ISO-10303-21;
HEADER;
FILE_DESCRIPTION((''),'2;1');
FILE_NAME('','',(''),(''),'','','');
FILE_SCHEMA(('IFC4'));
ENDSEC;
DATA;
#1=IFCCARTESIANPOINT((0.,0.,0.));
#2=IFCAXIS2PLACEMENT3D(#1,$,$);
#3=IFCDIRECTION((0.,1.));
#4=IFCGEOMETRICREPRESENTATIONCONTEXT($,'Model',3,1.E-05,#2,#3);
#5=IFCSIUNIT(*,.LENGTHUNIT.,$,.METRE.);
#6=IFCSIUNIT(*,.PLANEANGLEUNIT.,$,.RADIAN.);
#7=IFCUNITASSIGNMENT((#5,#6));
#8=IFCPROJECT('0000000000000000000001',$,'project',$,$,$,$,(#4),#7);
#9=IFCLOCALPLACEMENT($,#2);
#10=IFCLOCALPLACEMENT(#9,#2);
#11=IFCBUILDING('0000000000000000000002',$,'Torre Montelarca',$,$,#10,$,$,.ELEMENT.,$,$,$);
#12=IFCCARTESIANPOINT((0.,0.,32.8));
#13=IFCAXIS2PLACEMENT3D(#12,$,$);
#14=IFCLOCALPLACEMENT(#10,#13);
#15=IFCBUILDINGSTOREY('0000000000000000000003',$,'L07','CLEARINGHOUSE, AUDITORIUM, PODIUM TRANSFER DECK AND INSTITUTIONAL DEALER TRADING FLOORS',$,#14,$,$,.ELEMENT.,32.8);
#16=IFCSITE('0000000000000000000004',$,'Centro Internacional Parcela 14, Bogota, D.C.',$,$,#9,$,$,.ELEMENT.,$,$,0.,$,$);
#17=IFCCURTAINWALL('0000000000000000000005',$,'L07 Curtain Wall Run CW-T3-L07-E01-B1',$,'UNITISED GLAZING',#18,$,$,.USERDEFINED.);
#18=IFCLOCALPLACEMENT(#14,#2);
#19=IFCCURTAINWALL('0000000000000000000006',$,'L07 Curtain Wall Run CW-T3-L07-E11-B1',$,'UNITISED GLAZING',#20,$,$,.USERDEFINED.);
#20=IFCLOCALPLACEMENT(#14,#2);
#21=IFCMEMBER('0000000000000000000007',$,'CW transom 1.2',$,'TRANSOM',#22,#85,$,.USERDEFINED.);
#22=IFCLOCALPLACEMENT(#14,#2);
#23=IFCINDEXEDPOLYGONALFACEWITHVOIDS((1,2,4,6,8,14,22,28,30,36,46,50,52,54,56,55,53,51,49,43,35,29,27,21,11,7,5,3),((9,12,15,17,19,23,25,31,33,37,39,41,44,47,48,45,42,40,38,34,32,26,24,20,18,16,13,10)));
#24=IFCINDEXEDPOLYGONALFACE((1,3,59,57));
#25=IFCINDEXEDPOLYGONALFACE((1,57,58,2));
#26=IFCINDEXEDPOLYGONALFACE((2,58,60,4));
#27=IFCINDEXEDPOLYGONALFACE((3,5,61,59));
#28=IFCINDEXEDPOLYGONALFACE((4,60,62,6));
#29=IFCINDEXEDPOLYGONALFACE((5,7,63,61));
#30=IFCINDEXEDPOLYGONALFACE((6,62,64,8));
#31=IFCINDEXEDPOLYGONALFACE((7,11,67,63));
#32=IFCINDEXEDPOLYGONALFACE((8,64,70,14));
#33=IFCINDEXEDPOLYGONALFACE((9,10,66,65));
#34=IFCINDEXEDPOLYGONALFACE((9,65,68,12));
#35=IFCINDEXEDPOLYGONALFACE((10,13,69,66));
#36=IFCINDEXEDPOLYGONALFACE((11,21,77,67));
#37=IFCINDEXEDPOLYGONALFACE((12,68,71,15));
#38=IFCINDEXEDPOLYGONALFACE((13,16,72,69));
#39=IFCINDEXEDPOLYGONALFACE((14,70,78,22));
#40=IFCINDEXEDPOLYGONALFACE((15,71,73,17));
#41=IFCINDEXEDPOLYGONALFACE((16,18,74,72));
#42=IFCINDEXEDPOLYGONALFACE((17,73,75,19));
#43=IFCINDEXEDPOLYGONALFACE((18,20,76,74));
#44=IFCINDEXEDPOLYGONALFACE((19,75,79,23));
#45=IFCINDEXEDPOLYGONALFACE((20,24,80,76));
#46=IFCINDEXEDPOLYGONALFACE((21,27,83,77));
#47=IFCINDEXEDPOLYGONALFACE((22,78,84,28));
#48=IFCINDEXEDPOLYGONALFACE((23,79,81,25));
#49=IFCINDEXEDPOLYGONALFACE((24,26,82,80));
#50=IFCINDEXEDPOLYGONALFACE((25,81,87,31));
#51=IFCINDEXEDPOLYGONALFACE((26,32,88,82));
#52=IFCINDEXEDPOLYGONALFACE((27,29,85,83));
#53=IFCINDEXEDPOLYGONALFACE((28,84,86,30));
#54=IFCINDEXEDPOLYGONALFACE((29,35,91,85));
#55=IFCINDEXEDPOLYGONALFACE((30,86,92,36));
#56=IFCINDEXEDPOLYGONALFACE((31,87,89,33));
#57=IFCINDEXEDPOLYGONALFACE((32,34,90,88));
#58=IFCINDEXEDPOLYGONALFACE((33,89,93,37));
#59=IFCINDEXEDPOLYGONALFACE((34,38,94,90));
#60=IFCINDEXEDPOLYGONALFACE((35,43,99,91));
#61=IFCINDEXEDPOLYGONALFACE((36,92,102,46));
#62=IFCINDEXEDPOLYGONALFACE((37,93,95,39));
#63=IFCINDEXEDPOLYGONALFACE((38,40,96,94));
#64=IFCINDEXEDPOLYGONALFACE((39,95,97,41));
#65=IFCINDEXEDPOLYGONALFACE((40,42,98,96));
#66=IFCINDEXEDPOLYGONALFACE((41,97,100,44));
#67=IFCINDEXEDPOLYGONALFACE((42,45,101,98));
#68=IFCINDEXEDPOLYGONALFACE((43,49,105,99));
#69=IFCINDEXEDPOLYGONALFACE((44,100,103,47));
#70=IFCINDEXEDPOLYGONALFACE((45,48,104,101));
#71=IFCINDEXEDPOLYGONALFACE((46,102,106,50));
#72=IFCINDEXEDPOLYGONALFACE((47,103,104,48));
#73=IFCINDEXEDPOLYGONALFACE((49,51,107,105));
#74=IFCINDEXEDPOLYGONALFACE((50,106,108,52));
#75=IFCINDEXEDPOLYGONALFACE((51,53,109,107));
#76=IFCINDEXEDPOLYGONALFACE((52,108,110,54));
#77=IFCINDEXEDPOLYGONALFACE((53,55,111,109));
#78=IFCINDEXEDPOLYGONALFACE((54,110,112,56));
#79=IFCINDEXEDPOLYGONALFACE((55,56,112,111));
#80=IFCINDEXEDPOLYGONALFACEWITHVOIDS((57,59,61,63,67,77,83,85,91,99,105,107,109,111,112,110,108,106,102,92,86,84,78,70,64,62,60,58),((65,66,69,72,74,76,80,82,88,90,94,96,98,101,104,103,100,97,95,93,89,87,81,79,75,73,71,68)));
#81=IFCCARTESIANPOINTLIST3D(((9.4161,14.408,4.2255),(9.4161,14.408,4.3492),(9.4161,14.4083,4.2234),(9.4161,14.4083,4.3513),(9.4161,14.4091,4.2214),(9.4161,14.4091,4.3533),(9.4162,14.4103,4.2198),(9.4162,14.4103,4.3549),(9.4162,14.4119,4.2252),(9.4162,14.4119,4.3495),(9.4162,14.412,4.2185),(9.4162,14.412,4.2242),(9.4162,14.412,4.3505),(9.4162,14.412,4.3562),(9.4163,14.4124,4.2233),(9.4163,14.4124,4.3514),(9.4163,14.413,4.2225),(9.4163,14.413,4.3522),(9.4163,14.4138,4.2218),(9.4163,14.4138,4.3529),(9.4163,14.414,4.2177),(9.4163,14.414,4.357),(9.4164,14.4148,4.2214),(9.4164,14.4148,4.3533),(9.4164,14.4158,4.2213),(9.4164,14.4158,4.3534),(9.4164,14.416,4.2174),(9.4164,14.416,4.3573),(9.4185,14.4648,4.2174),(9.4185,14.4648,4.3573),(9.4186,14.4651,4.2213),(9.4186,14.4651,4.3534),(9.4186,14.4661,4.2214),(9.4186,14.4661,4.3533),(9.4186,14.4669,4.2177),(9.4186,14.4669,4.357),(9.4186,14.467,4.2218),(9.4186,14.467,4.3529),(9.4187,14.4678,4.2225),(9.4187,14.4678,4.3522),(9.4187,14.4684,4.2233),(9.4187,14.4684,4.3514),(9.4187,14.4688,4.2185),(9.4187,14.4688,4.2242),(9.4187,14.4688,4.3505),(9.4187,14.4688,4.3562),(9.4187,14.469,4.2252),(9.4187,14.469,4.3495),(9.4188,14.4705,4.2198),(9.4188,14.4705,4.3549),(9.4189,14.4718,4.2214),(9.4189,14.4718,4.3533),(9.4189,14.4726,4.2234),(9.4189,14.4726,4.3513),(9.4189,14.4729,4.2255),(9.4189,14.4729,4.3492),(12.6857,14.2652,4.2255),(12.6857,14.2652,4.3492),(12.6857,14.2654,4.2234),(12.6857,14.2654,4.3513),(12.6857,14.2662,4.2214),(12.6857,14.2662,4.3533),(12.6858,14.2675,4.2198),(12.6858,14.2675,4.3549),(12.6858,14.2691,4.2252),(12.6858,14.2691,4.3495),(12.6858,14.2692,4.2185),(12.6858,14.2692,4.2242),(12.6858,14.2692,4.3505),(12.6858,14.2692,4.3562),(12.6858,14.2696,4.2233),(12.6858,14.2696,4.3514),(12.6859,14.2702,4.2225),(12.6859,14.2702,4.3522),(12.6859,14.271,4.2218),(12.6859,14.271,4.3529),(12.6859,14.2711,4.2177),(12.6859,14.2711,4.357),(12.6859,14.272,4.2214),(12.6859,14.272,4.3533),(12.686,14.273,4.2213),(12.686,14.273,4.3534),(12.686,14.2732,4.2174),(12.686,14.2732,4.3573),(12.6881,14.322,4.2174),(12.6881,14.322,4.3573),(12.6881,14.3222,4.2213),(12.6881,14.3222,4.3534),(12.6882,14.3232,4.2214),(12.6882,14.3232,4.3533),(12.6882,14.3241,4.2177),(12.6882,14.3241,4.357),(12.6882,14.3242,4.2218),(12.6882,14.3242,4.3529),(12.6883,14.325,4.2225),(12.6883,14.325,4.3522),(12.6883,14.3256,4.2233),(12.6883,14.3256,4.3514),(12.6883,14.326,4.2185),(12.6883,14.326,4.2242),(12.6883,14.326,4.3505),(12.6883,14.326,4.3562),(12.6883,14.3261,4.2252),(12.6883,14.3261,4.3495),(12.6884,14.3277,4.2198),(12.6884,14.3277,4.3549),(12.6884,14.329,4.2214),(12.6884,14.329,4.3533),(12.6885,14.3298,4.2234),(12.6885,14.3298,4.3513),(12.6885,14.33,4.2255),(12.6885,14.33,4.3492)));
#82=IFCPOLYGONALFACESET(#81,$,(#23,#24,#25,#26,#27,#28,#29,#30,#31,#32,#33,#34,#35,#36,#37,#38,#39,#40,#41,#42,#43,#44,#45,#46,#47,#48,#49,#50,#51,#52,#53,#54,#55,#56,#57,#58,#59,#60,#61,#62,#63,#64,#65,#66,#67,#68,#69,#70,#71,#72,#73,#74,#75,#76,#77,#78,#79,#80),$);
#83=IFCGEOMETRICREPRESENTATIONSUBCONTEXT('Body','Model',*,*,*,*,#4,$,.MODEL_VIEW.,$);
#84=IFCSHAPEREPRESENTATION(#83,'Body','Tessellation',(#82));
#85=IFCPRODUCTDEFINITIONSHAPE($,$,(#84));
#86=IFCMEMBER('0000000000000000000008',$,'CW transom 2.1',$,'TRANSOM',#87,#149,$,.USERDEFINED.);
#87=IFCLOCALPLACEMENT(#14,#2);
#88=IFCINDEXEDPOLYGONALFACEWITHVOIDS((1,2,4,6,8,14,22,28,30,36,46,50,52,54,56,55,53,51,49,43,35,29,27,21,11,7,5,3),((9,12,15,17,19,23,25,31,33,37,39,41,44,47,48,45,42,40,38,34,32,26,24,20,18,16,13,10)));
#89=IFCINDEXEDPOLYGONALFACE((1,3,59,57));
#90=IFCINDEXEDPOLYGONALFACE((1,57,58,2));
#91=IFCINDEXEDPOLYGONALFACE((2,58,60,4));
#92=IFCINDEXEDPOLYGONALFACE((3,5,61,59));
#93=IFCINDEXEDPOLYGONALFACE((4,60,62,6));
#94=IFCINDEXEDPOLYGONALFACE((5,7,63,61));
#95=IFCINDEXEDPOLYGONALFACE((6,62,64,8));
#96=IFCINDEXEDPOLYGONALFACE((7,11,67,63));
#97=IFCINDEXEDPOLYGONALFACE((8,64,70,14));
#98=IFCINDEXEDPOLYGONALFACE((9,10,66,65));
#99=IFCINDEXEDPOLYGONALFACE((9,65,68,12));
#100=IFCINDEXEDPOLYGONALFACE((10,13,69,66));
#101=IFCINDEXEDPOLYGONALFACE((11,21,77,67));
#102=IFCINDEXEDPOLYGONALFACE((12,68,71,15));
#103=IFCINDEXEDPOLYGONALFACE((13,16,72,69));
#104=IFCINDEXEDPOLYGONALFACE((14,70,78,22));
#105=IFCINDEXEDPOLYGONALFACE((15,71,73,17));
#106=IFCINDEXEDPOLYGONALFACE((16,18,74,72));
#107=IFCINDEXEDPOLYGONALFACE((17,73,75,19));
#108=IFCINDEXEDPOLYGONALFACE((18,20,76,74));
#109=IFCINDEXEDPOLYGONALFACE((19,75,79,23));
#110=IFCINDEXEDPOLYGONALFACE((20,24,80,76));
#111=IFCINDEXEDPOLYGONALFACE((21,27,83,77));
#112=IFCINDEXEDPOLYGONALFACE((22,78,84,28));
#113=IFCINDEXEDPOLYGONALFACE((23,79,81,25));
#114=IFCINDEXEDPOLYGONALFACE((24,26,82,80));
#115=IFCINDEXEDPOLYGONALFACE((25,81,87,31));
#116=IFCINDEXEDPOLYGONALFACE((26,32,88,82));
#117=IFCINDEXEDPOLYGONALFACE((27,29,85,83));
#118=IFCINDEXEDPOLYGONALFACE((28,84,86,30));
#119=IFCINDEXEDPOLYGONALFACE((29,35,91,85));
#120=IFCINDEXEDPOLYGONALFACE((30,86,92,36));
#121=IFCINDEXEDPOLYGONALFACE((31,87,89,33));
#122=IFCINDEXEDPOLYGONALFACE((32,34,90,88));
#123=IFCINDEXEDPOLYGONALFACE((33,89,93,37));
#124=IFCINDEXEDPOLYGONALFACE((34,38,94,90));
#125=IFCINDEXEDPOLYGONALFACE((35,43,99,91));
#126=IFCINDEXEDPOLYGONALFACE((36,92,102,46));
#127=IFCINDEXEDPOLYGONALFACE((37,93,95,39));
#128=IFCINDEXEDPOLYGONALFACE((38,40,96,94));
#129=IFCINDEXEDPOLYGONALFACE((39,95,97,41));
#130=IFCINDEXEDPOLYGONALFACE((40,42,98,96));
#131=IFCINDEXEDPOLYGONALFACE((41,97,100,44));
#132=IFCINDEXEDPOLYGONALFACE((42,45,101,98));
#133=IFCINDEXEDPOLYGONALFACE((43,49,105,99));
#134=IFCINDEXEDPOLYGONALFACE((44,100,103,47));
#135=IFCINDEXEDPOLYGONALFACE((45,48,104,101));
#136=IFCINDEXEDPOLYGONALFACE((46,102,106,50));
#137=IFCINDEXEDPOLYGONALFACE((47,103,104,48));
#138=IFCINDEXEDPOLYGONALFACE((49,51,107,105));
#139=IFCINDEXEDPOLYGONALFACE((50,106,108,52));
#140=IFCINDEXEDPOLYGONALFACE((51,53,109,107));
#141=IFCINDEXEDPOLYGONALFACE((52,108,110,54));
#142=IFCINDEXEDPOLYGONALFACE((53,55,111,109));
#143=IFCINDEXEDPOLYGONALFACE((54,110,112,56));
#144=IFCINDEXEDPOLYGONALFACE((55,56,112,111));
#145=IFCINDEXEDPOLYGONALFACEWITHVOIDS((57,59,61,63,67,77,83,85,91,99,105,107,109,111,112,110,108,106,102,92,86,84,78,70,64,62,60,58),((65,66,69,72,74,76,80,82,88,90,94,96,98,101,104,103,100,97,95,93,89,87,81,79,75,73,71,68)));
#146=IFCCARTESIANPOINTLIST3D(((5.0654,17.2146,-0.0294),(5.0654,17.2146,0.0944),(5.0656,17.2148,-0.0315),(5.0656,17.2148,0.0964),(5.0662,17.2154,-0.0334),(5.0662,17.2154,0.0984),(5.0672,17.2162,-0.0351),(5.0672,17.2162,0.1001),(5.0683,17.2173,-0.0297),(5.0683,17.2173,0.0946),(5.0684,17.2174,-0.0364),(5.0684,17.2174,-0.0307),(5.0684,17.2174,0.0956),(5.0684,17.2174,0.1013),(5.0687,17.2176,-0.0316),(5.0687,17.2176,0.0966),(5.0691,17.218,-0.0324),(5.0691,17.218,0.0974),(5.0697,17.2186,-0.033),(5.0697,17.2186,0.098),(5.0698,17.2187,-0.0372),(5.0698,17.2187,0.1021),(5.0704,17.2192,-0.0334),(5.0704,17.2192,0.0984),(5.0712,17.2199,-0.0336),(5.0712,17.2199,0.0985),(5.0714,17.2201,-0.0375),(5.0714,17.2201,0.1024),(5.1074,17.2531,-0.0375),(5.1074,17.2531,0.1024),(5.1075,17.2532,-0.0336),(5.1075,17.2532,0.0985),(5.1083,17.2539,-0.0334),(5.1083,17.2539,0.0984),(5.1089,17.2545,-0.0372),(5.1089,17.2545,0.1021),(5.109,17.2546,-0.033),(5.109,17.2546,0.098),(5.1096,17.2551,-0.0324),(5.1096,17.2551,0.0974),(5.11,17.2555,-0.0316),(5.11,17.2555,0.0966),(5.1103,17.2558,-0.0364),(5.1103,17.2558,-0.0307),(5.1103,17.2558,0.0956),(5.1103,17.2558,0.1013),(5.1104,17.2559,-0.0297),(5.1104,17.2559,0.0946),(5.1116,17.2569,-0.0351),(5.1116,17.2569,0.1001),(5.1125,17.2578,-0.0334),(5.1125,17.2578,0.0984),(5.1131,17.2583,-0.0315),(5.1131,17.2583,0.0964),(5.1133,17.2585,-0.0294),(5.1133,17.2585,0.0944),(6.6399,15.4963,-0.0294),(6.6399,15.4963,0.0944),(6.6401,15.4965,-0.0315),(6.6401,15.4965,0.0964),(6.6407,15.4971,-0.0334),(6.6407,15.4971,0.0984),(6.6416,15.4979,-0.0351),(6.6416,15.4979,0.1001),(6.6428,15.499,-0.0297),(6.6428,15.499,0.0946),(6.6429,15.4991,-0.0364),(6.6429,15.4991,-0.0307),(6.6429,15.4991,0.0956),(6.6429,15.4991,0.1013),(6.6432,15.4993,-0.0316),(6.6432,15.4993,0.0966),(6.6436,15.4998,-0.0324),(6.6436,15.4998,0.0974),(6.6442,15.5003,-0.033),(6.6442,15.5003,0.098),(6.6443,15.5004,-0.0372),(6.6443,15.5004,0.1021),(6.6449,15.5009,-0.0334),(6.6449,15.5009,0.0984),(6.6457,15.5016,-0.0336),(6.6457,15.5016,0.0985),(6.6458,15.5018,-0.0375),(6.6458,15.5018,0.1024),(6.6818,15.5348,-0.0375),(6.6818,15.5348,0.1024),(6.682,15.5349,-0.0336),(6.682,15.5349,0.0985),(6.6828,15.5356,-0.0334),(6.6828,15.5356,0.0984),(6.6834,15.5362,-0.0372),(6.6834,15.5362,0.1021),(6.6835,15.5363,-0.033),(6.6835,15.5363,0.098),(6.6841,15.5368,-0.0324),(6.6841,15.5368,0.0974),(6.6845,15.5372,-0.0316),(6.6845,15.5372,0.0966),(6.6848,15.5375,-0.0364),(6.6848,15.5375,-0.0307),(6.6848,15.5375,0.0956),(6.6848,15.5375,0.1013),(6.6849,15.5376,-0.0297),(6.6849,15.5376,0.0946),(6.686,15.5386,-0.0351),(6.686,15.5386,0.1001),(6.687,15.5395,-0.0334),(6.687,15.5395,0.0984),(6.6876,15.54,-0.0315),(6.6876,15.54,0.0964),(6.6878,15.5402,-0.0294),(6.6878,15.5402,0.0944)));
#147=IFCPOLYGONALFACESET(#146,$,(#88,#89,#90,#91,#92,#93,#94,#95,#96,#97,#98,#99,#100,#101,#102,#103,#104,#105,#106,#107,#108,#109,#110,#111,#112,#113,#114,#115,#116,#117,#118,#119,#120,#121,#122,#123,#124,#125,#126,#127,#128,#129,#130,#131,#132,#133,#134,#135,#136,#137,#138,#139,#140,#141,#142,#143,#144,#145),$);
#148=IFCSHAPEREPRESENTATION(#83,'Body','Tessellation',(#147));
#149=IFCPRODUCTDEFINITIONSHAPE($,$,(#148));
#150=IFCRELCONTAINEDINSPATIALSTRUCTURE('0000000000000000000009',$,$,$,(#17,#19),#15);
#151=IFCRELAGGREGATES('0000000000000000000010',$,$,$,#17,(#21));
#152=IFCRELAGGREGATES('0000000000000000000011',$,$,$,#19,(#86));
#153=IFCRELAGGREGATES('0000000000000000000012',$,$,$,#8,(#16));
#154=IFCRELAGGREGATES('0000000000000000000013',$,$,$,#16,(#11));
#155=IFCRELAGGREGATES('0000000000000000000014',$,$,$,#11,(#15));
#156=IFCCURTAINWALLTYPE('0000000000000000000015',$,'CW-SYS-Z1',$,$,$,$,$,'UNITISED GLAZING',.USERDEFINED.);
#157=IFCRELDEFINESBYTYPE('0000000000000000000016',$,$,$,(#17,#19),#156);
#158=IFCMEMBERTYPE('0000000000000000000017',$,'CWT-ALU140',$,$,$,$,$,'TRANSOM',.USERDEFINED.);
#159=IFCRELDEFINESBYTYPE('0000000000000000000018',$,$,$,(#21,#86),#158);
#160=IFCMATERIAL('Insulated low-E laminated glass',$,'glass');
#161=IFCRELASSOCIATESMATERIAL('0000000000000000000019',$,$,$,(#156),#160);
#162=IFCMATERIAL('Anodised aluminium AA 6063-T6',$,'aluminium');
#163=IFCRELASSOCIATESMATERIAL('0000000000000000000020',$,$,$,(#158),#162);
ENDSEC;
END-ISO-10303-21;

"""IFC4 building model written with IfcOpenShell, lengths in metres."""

from ifc_helpers import new_model, si_unit, direction, frame, origin, origin_2d, place, context, subcontext, project, spatial, hollow_rectangle, extrude, source, transform, mapped, material, material_profile, profile_set, type_object, element, aggregate, save


model = new_model("IFC4")

# Units and contexts
model_context = context("Model", 3, precision=1e-05, world=origin(), true_north=direction((0.0, 1.0)))
body_context = subcontext(model_context, "Body", "Model", "MODEL_VIEW")
ifc_project = project(units=[si_unit("LENGTHUNIT", "METRE"), si_unit("PLANEANGLEUNIT", "RADIAN")], contexts=[model_context])

# Site, building, storey
site_placement = place(None, origin())
site = spatial("IfcSite", under=ifc_project, at=site_placement, Name="Centro Internacional Parcela 14, Bogota, D.C.", CompositionType="ELEMENT", RefElevation=0.0)
building_placement = place(site_placement, origin())
building = spatial("IfcBuilding", under=site, at=building_placement, Name="Torre Montelarca", CompositionType="ELEMENT")
storey_placement = place(building_placement, frame((0.0, 0.0, 32.8)))
storey = spatial("IfcBuildingStorey", under=building, at=storey_placement, Name="L07", Description="CLEARINGHOUSE, AUDITORIUM, PODIUM TRANSFER DECK AND INSTITUTIONAL DEALER TRADING FLOORS", CompositionType="ELEMENT", Elevation=32.8)

# Curtain wall
ifc_material_1 = material(Name="Insulated low-E laminated glass", Category="glass")
curtain_wall_type = type_object("IfcCurtainWallType", Name="CW-SYS-Z1", ElementType="UNITISED GLAZING", PredefinedType="USERDEFINED", material=ifc_material_1)
curtain_wall_1_placement = place(storey_placement, origin())
curtain_wall_1 = element("IfcCurtainWall", 1, at=curtain_wall_1_placement, inside=storey, type_object=curtain_wall_type, Name="L07 Curtain Wall Run CW-T3-L07-E01-B1", ObjectType="UNITISED GLAZING", PredefinedType="USERDEFINED")
ifc_material_2 = material(Name="Anodised aluminium AA 6063-T6", Category="aluminium")

# Curtain wall
curtain_wall_2_placement = place(storey_placement, origin())
curtain_wall_2 = element("IfcCurtainWall", 2, at=curtain_wall_2_placement, inside=storey, type_object=curtain_wall_type, Name="L07 Curtain Wall Run CW-T3-L07-E11-B1", ObjectType="UNITISED GLAZING", PredefinedType="USERDEFINED")

# Members
ifc_material_profile_1 = material_profile(ifc_material_2, hollow_rectangle(XDim=0.0649, YDim=0.1399, WallThickness=0.0039, InnerFilletRadius=0.0039, OuterFilletRadius=0.0081, at=origin_2d()), Name="ALU65X140X4", Category="aluminium")
ifc_profile_set_1 = profile_set([ifc_material_profile_1], Name="Anodised aluminium AA 6063-T6")
member_type_1 = type_object("IfcMemberType", Name="CWT-ALU140", ElementType="TRANSOM", PredefinedType="USERDEFINED", material=ifc_profile_set_1)
shared_shape_1 = source(origin(), body_context, "Body", "SweptSolid", [
    extrude(hollow_rectangle(XDim=0.0649, YDim=0.1399, WallThickness=0.0039, InnerFilletRadius=0.0039, OuterFilletRadius=0.0081, at=origin_2d()), origin(), (0.0, 0.0, 1.0), 3.2727),
])
member_1_placement = place(storey_placement, frame((9.4175, 14.4404, 4.2874), z_axis=(0.999047, -0.043641, 0.0), x_axis=(0.043641, 0.999047, 0.0)))
member_1 = element("IfcMember", 3, at=member_1_placement, type_object=member_type_1, Name="CW transom 1.2", ObjectType="TRANSOM", PredefinedType="USERDEFINED", context=body_context, shape_type="MappedRepresentation", body=[
    mapped(shared_shape_1, transform((0.0, 0.0, 0.0), scale=1.0)),
])
aggregate(curtain_wall_1, [member_1])
shared_shape_2 = source(origin(), body_context, "Body", "SweptSolid", [
    extrude(hollow_rectangle(XDim=0.0649, YDim=0.1399, WallThickness=0.0039, InnerFilletRadius=0.0039, OuterFilletRadius=0.0081, at=origin_2d()), origin(), (0.0, 0.0, 1.0), 2.3306),
])
member_2_placement = place(storey_placement, frame((5.0894, 17.2366, 0.0325), z_axis=(0.675582, -0.737285, 0.0), x_axis=(0.737285, 0.675582, 0.0)))
member_2 = element("IfcMember", 4, at=member_2_placement, type_object=member_type_1, Name="CW transom 2.1", ObjectType="TRANSOM", PredefinedType="USERDEFINED", context=body_context, shape_type="MappedRepresentation", body=[
    mapped(shared_shape_2, transform((0.0, 0.0, 0.0), scale=1.0)),
])

aggregate(curtain_wall_2, [member_2])

save(model, "model.ifc")
